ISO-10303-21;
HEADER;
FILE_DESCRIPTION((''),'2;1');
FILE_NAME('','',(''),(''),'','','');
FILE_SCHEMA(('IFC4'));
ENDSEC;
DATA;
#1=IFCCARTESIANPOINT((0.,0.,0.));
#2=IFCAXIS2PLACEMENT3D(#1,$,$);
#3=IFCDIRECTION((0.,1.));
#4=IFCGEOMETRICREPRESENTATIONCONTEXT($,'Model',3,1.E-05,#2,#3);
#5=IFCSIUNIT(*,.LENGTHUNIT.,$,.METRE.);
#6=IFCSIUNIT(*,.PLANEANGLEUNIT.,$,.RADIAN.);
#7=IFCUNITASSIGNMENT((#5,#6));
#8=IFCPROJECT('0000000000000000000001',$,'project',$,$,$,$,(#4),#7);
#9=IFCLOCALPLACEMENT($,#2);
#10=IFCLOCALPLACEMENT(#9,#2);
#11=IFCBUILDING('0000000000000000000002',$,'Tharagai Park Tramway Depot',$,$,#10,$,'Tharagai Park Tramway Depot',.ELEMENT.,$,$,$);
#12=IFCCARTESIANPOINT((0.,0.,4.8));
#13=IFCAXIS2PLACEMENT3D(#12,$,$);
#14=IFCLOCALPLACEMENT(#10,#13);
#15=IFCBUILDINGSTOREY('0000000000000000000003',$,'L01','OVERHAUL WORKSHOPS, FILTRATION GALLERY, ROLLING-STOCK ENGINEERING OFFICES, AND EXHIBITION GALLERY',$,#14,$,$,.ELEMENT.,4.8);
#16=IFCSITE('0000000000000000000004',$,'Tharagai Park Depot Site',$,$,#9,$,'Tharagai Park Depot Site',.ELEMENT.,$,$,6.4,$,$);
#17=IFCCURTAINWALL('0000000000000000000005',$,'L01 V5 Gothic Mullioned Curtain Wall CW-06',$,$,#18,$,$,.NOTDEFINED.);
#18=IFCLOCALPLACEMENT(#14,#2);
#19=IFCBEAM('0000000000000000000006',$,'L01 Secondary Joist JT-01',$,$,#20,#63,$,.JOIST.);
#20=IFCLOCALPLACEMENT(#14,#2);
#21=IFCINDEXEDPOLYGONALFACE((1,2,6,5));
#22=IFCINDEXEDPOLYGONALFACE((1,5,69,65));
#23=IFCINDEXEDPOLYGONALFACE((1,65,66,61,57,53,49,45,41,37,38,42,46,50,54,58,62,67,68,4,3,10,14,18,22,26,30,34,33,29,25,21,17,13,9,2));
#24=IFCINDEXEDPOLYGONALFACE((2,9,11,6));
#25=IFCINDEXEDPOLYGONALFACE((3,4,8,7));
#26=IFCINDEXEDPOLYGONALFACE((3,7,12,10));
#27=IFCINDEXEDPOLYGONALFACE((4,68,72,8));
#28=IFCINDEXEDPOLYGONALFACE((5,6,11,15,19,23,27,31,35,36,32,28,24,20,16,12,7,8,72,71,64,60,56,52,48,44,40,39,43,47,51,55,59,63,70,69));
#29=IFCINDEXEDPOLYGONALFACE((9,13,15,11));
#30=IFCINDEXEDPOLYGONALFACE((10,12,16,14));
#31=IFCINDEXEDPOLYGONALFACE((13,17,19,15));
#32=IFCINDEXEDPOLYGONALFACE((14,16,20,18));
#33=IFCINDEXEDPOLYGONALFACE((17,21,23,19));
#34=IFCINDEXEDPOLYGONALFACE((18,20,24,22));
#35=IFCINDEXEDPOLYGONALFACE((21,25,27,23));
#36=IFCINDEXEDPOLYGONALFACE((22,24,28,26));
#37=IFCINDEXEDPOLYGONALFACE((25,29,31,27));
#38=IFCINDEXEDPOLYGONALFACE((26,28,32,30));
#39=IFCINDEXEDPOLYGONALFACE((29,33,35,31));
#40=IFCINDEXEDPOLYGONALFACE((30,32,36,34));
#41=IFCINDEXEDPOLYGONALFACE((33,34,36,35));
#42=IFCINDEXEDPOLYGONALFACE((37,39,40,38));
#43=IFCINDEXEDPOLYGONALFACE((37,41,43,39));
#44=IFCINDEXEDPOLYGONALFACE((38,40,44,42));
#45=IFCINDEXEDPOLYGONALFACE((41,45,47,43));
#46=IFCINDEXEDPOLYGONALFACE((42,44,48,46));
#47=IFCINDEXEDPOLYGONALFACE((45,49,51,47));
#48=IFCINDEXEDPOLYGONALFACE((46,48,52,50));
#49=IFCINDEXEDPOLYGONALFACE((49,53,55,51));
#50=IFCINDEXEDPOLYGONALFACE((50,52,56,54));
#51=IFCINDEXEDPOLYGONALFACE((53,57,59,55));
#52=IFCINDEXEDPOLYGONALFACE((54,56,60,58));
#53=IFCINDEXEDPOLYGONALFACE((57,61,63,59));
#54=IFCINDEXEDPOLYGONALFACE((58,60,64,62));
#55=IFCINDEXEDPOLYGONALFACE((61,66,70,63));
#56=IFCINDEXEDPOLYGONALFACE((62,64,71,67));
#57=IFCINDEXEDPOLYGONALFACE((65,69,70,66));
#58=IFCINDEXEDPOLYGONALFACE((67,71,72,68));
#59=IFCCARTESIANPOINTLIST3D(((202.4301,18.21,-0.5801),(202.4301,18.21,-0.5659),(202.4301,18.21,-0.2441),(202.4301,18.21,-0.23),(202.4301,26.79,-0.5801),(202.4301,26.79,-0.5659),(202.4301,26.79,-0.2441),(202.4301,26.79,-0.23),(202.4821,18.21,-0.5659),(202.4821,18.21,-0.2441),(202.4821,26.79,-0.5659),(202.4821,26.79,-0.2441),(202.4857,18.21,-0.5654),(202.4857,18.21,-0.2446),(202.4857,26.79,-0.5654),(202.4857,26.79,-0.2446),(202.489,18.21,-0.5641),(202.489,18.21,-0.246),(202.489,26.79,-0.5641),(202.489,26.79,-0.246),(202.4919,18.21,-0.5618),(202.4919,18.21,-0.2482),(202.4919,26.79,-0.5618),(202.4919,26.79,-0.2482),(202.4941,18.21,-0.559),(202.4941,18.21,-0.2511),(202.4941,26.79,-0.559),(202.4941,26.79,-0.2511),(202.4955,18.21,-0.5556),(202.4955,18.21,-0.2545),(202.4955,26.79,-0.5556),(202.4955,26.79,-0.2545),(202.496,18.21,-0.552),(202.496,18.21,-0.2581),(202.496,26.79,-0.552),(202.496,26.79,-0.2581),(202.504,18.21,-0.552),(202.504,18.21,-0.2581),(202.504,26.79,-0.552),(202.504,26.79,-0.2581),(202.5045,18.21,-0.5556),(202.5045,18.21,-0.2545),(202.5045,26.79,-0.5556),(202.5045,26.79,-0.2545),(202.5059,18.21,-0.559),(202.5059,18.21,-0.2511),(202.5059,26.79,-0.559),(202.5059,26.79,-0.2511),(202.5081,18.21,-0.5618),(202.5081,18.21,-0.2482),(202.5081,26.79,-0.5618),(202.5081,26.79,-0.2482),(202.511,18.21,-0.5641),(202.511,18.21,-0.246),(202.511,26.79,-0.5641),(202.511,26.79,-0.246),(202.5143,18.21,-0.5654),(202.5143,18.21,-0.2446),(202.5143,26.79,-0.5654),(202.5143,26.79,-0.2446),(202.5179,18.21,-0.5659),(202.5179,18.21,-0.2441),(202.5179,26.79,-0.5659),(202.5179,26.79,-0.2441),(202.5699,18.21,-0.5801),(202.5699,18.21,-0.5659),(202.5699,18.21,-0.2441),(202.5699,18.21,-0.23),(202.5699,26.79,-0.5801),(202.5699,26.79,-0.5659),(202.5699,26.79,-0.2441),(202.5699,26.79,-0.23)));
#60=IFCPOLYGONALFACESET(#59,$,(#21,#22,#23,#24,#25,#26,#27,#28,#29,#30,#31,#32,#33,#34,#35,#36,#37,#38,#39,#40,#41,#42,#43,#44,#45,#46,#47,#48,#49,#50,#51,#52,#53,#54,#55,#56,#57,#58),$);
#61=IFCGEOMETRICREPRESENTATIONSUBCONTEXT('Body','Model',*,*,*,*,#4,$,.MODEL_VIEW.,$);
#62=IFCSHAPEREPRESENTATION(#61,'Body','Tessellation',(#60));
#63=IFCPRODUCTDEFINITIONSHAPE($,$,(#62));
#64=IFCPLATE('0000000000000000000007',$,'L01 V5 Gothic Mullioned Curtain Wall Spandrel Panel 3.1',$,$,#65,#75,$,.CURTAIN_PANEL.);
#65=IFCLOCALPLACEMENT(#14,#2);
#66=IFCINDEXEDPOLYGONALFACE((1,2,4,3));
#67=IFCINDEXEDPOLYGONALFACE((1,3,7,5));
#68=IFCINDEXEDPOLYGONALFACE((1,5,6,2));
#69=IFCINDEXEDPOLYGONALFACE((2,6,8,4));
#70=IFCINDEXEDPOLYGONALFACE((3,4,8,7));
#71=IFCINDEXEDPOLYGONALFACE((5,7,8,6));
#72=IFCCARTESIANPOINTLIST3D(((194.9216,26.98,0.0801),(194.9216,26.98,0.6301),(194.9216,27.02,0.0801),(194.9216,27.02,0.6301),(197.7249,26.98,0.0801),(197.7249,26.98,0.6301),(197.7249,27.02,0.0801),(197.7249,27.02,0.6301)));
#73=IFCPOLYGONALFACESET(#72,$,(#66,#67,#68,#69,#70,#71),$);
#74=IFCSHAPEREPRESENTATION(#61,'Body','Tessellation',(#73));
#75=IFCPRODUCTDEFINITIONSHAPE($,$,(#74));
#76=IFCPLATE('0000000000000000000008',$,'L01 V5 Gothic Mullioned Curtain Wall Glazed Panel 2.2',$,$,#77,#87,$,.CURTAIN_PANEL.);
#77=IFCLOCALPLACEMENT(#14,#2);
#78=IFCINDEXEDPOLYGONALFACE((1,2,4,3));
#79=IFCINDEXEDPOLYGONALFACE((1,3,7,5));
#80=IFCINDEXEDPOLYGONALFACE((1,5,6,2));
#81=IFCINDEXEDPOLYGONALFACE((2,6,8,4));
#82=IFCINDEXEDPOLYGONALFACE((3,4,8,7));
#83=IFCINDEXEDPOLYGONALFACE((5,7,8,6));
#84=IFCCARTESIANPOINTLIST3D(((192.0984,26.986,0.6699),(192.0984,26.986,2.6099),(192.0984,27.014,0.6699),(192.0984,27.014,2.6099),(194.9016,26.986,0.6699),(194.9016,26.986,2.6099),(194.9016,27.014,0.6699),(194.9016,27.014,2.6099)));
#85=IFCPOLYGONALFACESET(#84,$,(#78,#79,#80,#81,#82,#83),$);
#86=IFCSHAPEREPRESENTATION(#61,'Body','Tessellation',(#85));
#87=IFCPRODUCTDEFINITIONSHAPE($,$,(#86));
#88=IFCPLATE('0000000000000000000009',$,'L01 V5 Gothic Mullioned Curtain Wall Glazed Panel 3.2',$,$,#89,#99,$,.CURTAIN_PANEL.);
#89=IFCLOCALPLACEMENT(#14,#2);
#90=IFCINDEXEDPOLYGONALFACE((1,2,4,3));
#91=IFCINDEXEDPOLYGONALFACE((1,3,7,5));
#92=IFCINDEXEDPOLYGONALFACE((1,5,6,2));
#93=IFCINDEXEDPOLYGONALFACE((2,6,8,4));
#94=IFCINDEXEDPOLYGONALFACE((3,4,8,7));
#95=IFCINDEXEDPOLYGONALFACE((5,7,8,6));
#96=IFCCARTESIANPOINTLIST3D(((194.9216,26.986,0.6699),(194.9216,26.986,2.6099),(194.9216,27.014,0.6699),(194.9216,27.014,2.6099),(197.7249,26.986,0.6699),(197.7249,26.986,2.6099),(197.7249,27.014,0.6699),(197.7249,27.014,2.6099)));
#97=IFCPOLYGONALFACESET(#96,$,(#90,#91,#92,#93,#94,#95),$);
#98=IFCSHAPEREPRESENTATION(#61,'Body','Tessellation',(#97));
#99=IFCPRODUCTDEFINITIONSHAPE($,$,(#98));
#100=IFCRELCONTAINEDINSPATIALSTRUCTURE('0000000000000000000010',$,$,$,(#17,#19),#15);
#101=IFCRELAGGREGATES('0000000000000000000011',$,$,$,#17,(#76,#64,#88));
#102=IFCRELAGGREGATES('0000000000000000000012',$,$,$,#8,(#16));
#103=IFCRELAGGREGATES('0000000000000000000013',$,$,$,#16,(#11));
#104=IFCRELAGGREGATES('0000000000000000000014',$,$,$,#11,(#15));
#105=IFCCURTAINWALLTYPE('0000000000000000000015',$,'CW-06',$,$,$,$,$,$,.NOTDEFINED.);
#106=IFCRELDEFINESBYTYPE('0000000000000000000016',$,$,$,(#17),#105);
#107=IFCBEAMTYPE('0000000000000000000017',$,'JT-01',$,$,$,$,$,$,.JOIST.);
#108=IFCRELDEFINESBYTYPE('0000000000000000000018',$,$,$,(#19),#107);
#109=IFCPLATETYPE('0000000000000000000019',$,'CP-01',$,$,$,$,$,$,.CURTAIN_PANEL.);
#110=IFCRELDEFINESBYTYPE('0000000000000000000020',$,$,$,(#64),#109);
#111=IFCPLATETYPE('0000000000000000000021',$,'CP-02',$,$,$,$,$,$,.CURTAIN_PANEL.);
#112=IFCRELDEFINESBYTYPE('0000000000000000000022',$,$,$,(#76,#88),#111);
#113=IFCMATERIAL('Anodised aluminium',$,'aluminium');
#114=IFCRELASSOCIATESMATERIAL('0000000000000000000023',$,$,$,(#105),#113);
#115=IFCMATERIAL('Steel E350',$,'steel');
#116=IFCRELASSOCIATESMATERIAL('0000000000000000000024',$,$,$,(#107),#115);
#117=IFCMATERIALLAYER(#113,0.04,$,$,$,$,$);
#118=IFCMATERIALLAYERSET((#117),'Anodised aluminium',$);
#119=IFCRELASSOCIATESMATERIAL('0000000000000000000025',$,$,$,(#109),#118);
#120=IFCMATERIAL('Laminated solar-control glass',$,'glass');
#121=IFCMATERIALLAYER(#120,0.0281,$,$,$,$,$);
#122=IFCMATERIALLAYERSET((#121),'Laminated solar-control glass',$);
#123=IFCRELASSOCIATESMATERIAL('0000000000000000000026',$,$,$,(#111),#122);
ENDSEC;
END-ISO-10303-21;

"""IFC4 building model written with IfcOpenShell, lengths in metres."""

from ifc_helpers import new_model, si_unit, direction, frame, origin, origin_2d, place, context, subcontext, project, spatial, rectangle, i_section, extrude, material, layer, layer_set, material_profile, profile_set, type_object, element, aggregate, save


model = new_model("IFC4")

# Units and contexts
model_context = context("Model", 3, precision=1e-05, world=origin(), true_north=direction((0.0, 1.0)))
body_context = subcontext(model_context, "Body", "Model", "MODEL_VIEW")
ifc_project = project(units=[si_unit("LENGTHUNIT", "METRE"), si_unit("PLANEANGLEUNIT", "RADIAN")], contexts=[model_context])

# Site, building, storey
site_placement = place(None, origin())
site = spatial("IfcSite", under=ifc_project, at=site_placement, Name="Tharagai Park Depot Site", LongName="Tharagai Park Depot Site", CompositionType="ELEMENT", RefElevation=6.4)
building_placement = place(site_placement, origin())
building = spatial("IfcBuilding", under=site, at=building_placement, Name="Tharagai Park Tramway Depot", LongName="Tharagai Park Tramway Depot", CompositionType="ELEMENT")
storey_placement = place(building_placement, frame((0.0, 0.0, 4.8)))
storey = spatial("IfcBuildingStorey", under=building, at=storey_placement, Name="L01", Description="OVERHAUL WORKSHOPS, FILTRATION GALLERY, ROLLING-STOCK ENGINEERING OFFICES, AND EXHIBITION GALLERY", CompositionType="ELEMENT", Elevation=4.8)

# Curtain wall
ifc_material_1 = material(Name="Anodised aluminium", Category="aluminium")
curtain_wall_type = type_object("IfcCurtainWallType", Name="CW-06", PredefinedType="NOTDEFINED", material=ifc_material_1)
curtain_wall_1_placement = place(storey_placement, origin())
curtain_wall_1 = element("IfcCurtainWall", 1, at=curtain_wall_1_placement, inside=storey, type_object=curtain_wall_type, Name="L01 V5 Gothic Mullioned Curtain Wall CW-06", PredefinedType="NOTDEFINED")

# Beam
ifc_material_2 = material(Name="Steel E350", Category="steel")
ifc_material_profile_1 = material_profile(ifc_material_2, i_section(OverallWidth=0.1399, OverallDepth=0.3501, WebThickness=0.0081, FlangeThickness=0.0142, FilletRadius=0.0139, at=origin_2d()), Name="ISMB 350")
ifc_profile_set_1 = profile_set([ifc_material_profile_1], Name="Steel E350")
beam_type_1 = type_object("IfcBeamType", Name="JT-01", PredefinedType="JOIST", material=ifc_profile_set_1)
beam_placement = place(storey_placement, frame((202.5, 18.21, -0.405), z_axis=(0.0, 1.0, 0.0), x_axis=(-1.0, 0.0, 0.0)))
element("IfcBeam", 2, at=beam_placement, inside=storey, type_object=beam_type_1, Name="L01 Secondary Joist JT-01", PredefinedType="JOIST", context=body_context, shape_type="SweptSolid", body=[
    extrude(i_section(OverallWidth=0.1399, OverallDepth=0.3501, WebThickness=0.0081, FlangeThickness=0.0142, FilletRadius=0.0139, at=origin_2d()), origin(), (0.0, 0.0, 1.0), 8.5801),
])

# Plates
ifc_layer_1 = layer(ifc_material_1, 0.04)
ifc_layer_set_1 = layer_set([ifc_layer_1], Name="Anodised aluminium")
plate_type_1 = type_object("IfcPlateType", Name="CP-01", PredefinedType="CURTAIN_PANEL", material=ifc_layer_set_1)
plate_1_placement = place(storey_placement, frame((196.3232, 27.0, 0.0801), z_axis=(0.0, 0.0, 1.0), x_axis=(1.0, 0.0, 0.0)))
plate_1 = element("IfcPlate", 3, at=plate_1_placement, type_object=plate_type_1, Name="L01 V5 Gothic Mullioned Curtain Wall Spandrel Panel 3.1", PredefinedType="CURTAIN_PANEL", context=body_context, shape_type="SweptSolid", body=[
    extrude(rectangle(XDim=2.8032, YDim=0.04, at=origin_2d()), origin(), (0.0, 0.0, 1.0), 0.55),
])
ifc_material_3 = material(Name="Laminated solar-control glass", Category="glass")
ifc_layer_2 = layer(ifc_material_3, 0.0281)
ifc_layer_set_2 = layer_set([ifc_layer_2], Name="Laminated solar-control glass")
plate_type_2 = type_object("IfcPlateType", Name="CP-02", PredefinedType="CURTAIN_PANEL", material=ifc_layer_set_2)
plate_2_placement = place(storey_placement, frame((193.5, 27.0, 0.6699), z_axis=(0.0, 0.0, 1.0), x_axis=(1.0, 0.0, 0.0)))
plate_2 = element("IfcPlate", 4, at=plate_2_placement, type_object=plate_type_2, Name="L01 V5 Gothic Mullioned Curtain Wall Glazed Panel 2.2", PredefinedType="CURTAIN_PANEL", context=body_context, shape_type="SweptSolid", body=[
    extrude(rectangle(XDim=2.8032, YDim=0.0281, at=origin_2d()), origin(), (0.0, 0.0, 1.0), 1.9399),
])
plate_3_placement = place(storey_placement, frame((196.3232, 27.0, 0.6699), z_axis=(0.0, 0.0, 1.0), x_axis=(1.0, 0.0, 0.0)))
plate_3 = element("IfcPlate", 5, at=plate_3_placement, type_object=plate_type_2, Name="L01 V5 Gothic Mullioned Curtain Wall Glazed Panel 3.2", PredefinedType="CURTAIN_PANEL", context=body_context, shape_type="SweptSolid", body=[
    extrude(rectangle(XDim=2.8032, YDim=0.0281, at=origin_2d()), origin(), (0.0, 0.0, 1.0), 1.9399),
])
aggregate(curtain_wall_1, [plate_2, plate_1, plate_3])

save(model, "model.ifc")
